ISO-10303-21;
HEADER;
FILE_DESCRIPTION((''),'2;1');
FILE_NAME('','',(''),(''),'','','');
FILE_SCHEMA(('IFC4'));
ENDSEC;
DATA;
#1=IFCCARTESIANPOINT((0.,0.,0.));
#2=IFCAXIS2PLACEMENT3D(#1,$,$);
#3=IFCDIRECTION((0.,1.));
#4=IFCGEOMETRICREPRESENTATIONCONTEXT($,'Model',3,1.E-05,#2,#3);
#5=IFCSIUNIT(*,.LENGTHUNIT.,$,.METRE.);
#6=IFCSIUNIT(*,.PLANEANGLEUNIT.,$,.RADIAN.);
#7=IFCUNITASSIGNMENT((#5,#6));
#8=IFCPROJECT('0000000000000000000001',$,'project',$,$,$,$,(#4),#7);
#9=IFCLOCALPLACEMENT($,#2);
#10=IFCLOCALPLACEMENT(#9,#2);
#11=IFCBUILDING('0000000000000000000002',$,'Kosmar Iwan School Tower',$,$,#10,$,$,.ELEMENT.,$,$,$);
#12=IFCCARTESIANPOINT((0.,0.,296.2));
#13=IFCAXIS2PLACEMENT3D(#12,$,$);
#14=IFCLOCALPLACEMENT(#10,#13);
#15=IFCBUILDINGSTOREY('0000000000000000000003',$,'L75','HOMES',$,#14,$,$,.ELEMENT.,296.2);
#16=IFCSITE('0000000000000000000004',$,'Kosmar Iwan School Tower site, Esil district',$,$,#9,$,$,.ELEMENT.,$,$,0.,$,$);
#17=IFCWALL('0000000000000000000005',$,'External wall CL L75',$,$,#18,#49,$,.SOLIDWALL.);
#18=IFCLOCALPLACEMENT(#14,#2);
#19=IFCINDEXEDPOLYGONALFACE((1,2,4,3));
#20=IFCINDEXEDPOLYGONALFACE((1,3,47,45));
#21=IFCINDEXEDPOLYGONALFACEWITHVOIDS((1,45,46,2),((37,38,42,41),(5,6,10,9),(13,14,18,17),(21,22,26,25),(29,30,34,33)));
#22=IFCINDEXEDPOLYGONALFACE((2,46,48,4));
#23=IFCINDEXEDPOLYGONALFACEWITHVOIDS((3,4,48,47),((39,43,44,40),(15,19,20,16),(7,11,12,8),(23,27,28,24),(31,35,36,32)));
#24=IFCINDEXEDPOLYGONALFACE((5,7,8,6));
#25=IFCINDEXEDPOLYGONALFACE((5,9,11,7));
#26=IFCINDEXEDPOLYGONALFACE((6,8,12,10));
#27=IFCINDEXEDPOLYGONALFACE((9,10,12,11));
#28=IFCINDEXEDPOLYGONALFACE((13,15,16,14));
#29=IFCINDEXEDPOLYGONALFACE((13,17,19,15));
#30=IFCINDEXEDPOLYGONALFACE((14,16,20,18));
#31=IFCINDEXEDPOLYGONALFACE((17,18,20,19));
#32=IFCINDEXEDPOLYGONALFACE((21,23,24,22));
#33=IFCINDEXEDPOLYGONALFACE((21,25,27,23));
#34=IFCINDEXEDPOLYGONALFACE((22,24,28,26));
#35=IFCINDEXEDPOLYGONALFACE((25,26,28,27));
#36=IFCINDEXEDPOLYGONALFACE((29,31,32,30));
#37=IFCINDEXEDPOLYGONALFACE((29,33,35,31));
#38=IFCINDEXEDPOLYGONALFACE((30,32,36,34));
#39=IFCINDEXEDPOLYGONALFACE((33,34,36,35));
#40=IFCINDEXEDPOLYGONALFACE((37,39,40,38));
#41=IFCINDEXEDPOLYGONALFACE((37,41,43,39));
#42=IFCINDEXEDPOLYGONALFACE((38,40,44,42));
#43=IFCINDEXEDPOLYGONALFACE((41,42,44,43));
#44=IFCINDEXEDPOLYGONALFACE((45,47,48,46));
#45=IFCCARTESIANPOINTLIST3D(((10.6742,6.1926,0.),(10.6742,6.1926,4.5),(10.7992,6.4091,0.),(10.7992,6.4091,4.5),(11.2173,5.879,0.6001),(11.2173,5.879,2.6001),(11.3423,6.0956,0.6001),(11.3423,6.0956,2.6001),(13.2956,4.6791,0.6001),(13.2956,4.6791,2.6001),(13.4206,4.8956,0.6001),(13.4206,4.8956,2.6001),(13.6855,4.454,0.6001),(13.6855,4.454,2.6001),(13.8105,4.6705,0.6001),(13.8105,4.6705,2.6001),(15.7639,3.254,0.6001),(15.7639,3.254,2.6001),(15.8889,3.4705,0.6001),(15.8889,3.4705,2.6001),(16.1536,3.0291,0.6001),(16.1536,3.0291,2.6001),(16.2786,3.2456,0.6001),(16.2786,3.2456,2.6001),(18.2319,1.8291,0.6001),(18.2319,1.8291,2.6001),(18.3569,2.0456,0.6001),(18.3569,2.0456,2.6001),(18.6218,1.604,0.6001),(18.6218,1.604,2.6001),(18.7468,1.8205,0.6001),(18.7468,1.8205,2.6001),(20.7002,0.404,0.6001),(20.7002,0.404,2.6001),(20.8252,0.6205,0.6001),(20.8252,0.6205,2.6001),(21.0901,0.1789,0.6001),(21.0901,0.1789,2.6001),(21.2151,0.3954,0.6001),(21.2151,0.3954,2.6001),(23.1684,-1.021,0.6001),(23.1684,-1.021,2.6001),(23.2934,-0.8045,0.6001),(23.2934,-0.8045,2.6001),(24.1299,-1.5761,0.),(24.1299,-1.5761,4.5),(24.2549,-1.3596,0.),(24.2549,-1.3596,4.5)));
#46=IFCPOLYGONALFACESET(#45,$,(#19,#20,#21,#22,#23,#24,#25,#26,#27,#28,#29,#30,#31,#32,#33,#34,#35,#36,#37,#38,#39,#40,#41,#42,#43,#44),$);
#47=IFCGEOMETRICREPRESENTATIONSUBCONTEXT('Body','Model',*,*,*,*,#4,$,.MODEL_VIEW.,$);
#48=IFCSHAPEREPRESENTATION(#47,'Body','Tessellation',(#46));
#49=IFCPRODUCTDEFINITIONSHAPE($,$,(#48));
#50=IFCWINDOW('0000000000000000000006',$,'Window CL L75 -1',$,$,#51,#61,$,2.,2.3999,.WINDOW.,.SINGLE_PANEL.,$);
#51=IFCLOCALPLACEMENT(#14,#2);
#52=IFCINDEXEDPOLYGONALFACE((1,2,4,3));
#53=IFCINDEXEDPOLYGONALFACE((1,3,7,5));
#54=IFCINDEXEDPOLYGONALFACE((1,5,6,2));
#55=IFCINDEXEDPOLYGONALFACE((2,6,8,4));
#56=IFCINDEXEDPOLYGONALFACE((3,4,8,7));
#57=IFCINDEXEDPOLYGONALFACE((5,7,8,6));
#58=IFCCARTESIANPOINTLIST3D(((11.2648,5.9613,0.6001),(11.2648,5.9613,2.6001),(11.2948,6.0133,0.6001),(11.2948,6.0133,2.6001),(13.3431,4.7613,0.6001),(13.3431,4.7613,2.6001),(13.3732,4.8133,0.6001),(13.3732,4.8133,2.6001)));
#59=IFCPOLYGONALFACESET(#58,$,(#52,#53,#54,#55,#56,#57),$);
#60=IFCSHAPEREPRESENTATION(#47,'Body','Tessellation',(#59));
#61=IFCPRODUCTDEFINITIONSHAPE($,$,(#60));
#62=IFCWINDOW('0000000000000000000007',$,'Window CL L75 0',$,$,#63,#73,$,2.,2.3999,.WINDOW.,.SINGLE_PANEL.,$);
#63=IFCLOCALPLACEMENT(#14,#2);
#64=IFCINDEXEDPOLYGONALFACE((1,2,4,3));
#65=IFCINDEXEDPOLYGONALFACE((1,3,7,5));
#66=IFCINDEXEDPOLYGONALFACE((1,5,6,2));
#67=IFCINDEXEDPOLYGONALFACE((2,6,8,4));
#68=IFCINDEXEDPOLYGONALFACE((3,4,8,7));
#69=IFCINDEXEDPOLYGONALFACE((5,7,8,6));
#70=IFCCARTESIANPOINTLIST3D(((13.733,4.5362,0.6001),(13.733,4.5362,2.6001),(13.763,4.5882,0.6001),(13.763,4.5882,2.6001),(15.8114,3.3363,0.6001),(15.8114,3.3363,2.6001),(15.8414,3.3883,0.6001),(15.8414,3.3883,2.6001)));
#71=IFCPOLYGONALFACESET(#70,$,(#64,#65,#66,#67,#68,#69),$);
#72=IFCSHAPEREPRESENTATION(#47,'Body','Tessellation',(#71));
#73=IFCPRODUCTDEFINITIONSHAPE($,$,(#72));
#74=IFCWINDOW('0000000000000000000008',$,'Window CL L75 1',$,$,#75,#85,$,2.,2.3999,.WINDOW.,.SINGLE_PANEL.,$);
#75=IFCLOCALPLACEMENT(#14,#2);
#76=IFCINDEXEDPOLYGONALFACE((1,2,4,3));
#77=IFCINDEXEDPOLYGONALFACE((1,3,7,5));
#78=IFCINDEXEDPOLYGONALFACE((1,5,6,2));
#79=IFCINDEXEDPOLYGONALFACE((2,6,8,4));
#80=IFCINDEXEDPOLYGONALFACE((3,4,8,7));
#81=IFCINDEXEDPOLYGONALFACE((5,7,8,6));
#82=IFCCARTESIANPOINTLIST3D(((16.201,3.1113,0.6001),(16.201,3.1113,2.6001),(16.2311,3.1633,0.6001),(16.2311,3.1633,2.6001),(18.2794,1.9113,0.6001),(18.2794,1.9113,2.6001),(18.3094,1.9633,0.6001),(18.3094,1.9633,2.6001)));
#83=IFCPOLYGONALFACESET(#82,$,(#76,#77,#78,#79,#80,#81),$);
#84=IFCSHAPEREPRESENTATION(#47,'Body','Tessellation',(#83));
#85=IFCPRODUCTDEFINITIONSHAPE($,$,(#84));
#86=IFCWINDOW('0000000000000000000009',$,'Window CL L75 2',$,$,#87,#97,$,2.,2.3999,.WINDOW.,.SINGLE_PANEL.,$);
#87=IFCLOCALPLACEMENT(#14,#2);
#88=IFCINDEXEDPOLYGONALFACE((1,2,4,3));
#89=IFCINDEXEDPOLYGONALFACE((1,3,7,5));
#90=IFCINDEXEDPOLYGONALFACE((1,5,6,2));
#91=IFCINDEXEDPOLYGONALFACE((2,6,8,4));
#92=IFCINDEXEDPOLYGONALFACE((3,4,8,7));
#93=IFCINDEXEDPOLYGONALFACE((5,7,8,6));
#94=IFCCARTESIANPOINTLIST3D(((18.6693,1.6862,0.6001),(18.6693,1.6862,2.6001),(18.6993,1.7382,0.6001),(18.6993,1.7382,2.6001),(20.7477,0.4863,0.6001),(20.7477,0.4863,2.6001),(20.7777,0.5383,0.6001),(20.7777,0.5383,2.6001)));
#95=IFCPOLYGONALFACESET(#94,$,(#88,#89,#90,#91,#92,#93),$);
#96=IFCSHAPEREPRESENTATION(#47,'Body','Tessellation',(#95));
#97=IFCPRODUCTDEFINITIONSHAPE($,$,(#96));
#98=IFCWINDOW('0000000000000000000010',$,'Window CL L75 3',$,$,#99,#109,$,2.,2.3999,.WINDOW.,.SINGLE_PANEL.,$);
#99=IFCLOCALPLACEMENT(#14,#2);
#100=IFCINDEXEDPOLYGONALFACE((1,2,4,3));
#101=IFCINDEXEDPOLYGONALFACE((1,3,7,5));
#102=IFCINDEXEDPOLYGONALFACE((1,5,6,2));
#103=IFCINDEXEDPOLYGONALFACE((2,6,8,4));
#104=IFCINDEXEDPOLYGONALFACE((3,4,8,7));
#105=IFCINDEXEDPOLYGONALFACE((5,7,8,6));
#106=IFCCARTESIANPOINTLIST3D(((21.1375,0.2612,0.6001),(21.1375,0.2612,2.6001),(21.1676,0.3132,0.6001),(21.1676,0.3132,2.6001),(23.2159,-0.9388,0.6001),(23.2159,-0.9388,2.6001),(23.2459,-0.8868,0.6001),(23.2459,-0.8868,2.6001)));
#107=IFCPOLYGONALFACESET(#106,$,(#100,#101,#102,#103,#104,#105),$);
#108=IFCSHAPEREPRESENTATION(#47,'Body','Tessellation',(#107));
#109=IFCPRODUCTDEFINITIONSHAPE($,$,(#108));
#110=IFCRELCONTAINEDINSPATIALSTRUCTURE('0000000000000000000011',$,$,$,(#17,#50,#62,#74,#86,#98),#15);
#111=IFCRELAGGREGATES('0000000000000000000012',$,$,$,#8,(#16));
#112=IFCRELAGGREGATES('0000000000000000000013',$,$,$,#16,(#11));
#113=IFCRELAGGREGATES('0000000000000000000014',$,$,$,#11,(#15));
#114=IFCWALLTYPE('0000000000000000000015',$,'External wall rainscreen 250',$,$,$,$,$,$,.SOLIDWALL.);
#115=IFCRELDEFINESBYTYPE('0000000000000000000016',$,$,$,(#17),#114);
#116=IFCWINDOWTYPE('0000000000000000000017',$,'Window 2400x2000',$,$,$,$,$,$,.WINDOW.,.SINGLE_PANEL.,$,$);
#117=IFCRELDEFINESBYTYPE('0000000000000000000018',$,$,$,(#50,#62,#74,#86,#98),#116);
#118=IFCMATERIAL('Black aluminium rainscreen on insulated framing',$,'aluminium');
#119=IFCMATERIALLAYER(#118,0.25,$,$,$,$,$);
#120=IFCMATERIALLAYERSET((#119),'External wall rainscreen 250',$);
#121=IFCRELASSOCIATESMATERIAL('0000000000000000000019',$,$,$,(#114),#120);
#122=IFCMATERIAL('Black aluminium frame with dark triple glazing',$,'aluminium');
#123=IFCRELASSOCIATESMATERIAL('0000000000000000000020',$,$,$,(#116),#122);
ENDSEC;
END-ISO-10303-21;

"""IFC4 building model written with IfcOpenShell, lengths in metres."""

from ifc_helpers import new_model, si_unit, direction, frame, frame_2d, origin, place, context, subcontext, project, spatial, rectangle, extrude, material, layer, layer_set, type_object, element, fill, save


model = new_model("IFC4")

# Units and contexts
model_context = context("Model", 3, precision=1e-05, world=origin(), true_north=direction((0.0, 1.0)))
body_context = subcontext(model_context, "Body", "Model", "MODEL_VIEW")
ifc_project = project(units=[si_unit("LENGTHUNIT", "METRE"), si_unit("PLANEANGLEUNIT", "RADIAN")], contexts=[model_context])

# Site, building, storey
site_placement = place(None, origin())
site = spatial("IfcSite", under=ifc_project, at=site_placement, Name="Kosmar Iwan School Tower site, Esil district", CompositionType="ELEMENT", RefElevation=0.0)
building_placement = place(site_placement, origin())
building = spatial("IfcBuilding", under=site, at=building_placement, Name="Kosmar Iwan School Tower", CompositionType="ELEMENT")
storey_placement = place(building_placement, frame((0.0, 0.0, 296.2)))
storey = spatial("IfcBuildingStorey", under=building, at=storey_placement, Name="L75", Description="HOMES", CompositionType="ELEMENT", Elevation=296.2)

# Wall, openings, windows
ifc_material_1 = material(Name="Black aluminium rainscreen on insulated framing", Category="aluminium")
ifc_layer_1 = layer(ifc_material_1, 0.25)
ifc_layer_set_1 = layer_set([ifc_layer_1], Name="External wall rainscreen 250")
wall_type_1 = type_object("IfcWallType", Name="External wall rainscreen 250", PredefinedType="SOLIDWALL", material=ifc_layer_set_1)
wall_1_placement = place(storey_placement, frame((10.7368, 6.3008, 0.0), z_axis=(0.0, 0.0, 1.0), x_axis=(0.866023, -0.500004, 0.0)))
wall_1 = element("IfcWall", 1, at=wall_1_placement, inside=storey, type_object=wall_type_1, Name="External wall CL L75", PredefinedType="SOLIDWALL", context=body_context, shape_type="SweptSolid", body=[
    extrude(rectangle(XDim=15.5374, YDim=0.25, at=frame_2d((7.7686, 0.0))), origin(), (0.0, 0.0, 1.0), 4.5),
])
opening_1_placement = place(wall_1_placement, frame((0.627, 0.0, 0.6001)))
opening_1 = element("IfcOpeningElement", 2, at=opening_1_placement, cuts=wall_1, PredefinedType="OPENING", context=body_context, shape_type="SweptSolid", body=[
    extrude(rectangle(XDim=2.3999, YDim=2.0, at=frame_2d((1.2, 1.0))), frame((0.0, 0.137, 0.0), z_axis=(0.0, -1.0, 0.0), x_axis=(1.0, 0.0, 0.0)), (0.0, 0.0, 1.0), 0.2739),
])
opening_2_placement = place(wall_1_placement, frame((3.4771, 0.0, 0.6001)))
opening_2 = element("IfcOpeningElement", 3, at=opening_2_placement, cuts=wall_1, PredefinedType="OPENING", context=body_context, shape_type="SweptSolid", body=[
    extrude(rectangle(XDim=2.3999, YDim=2.0, at=frame_2d((1.2, 1.0))), frame((0.0, 0.137, 0.0), z_axis=(0.0, -1.0, 0.0), x_axis=(1.0, 0.0, 0.0)), (0.0, 0.0, 1.0), 0.2739),
])
opening_3_placement = place(wall_1_placement, frame((6.3269, 0.0, 0.6001)))
opening_3 = element("IfcOpeningElement", 4, at=opening_3_placement, cuts=wall_1, PredefinedType="OPENING", context=body_context, shape_type="SweptSolid", body=[
    extrude(rectangle(XDim=2.3999, YDim=2.0, at=frame_2d((1.2, 1.0))), frame((0.0, 0.137, 0.0), z_axis=(0.0, -1.0, 0.0), x_axis=(1.0, 0.0, 0.0)), (0.0, 0.0, 1.0), 0.2739),
])
opening_4_placement = place(wall_1_placement, frame((9.177, 0.0, 0.6001)))
opening_4 = element("IfcOpeningElement", 5, at=opening_4_placement, cuts=wall_1, PredefinedType="OPENING", context=body_context, shape_type="SweptSolid", body=[
    extrude(rectangle(XDim=2.3999, YDim=2.0, at=frame_2d((1.2, 1.0))), frame((0.0, 0.137, 0.0), z_axis=(0.0, -1.0, 0.0), x_axis=(1.0, 0.0, 0.0)), (0.0, 0.0, 1.0), 0.2739),
])
opening_5_placement = place(wall_1_placement, frame((12.0271, 0.0, 0.6001)))
opening_5 = element("IfcOpeningElement", 6, at=opening_5_placement, cuts=wall_1, PredefinedType="OPENING", context=body_context, shape_type="SweptSolid", body=[
    extrude(rectangle(XDim=2.3999, YDim=2.0, at=frame_2d((1.2, 1.0))), frame((0.0, 0.137, 0.0), z_axis=(0.0, -1.0, 0.0), x_axis=(1.0, 0.0, 0.0)), (0.0, 0.0, 1.0), 0.2739),
])
ifc_material_2 = material(Name="Black aluminium frame with dark triple glazing", Category="aluminium")
window_type = type_object("IfcWindowType", Name="Window 2400x2000", PartitioningType="SINGLE_PANEL", PredefinedType="WINDOW", material=ifc_material_2)
window_1_placement = place(opening_1_placement, origin())
window_1 = element("IfcWindow", 7, at=window_1_placement, inside=storey, type_object=window_type, Name="Window CL L75 -1", OverallHeight=2.0, OverallWidth=2.3999, PartitioningType="SINGLE_PANEL", PredefinedType="WINDOW", context=body_context, shape_type="SweptSolid", body=[
    extrude(rectangle(XDim=2.3999, YDim=2.0, at=frame_2d((1.2, 1.0))), frame((0.0, 0.03, 0.0), z_axis=(0.0, -1.0, 0.0), x_axis=(1.0, 0.0, 0.0)), (0.0, 0.0, 1.0), 0.0601),
])
fill(opening_1, window_1)
window_2_placement = place(opening_2_placement, origin())
window_2 = element("IfcWindow", 8, at=window_2_placement, inside=storey, type_object=window_type, Name="Window CL L75 0", OverallHeight=2.0, OverallWidth=2.3999, PartitioningType="SINGLE_PANEL", PredefinedType="WINDOW", context=body_context, shape_type="SweptSolid", body=[
    extrude(rectangle(XDim=2.3999, YDim=2.0, at=frame_2d((1.2, 1.0))), frame((0.0, 0.03, 0.0), z_axis=(0.0, -1.0, 0.0), x_axis=(1.0, 0.0, 0.0)), (0.0, 0.0, 1.0), 0.0601),
])
fill(opening_2, window_2)
window_3_placement = place(opening_3_placement, origin())
window_3 = element("IfcWindow", 9, at=window_3_placement, inside=storey, type_object=window_type, Name="Window CL L75 1", OverallHeight=2.0, OverallWidth=2.3999, PartitioningType="SINGLE_PANEL", PredefinedType="WINDOW", context=body_context, shape_type="SweptSolid", body=[
    extrude(rectangle(XDim=2.3999, YDim=2.0, at=frame_2d((1.2, 1.0))), frame((0.0, 0.03, 0.0), z_axis=(0.0, -1.0, 0.0), x_axis=(1.0, 0.0, 0.0)), (0.0, 0.0, 1.0), 0.0601),
])
fill(opening_3, window_3)
window_4_placement = place(opening_4_placement, origin())
window_4 = element("IfcWindow", 10, at=window_4_placement, inside=storey, type_object=window_type, Name="Window CL L75 2", OverallHeight=2.0, OverallWidth=2.3999, PartitioningType="SINGLE_PANEL", PredefinedType="WINDOW", context=body_context, shape_type="SweptSolid", body=[
    extrude(rectangle(XDim=2.3999, YDim=2.0, at=frame_2d((1.2, 1.0))), frame((0.0, 0.03, 0.0), z_axis=(0.0, -1.0, 0.0), x_axis=(1.0, 0.0, 0.0)), (0.0, 0.0, 1.0), 0.0601),
])
fill(opening_4, window_4)
window_5_placement = place(opening_5_placement, origin())
window_5 = element("IfcWindow", 11, at=window_5_placement, inside=storey, type_object=window_type, Name="Window CL L75 3", OverallHeight=2.0, OverallWidth=2.3999, PartitioningType="SINGLE_PANEL", PredefinedType="WINDOW", context=body_context, shape_type="SweptSolid", body=[
    extrude(rectangle(XDim=2.3999, YDim=2.0, at=frame_2d((1.2, 1.0))), frame((0.0, 0.03, 0.0), z_axis=(0.0, -1.0, 0.0), x_axis=(1.0, 0.0, 0.0)), (0.0, 0.0, 1.0), 0.0601),
])
fill(opening_5, window_5)

save(model, "model.ifc")
